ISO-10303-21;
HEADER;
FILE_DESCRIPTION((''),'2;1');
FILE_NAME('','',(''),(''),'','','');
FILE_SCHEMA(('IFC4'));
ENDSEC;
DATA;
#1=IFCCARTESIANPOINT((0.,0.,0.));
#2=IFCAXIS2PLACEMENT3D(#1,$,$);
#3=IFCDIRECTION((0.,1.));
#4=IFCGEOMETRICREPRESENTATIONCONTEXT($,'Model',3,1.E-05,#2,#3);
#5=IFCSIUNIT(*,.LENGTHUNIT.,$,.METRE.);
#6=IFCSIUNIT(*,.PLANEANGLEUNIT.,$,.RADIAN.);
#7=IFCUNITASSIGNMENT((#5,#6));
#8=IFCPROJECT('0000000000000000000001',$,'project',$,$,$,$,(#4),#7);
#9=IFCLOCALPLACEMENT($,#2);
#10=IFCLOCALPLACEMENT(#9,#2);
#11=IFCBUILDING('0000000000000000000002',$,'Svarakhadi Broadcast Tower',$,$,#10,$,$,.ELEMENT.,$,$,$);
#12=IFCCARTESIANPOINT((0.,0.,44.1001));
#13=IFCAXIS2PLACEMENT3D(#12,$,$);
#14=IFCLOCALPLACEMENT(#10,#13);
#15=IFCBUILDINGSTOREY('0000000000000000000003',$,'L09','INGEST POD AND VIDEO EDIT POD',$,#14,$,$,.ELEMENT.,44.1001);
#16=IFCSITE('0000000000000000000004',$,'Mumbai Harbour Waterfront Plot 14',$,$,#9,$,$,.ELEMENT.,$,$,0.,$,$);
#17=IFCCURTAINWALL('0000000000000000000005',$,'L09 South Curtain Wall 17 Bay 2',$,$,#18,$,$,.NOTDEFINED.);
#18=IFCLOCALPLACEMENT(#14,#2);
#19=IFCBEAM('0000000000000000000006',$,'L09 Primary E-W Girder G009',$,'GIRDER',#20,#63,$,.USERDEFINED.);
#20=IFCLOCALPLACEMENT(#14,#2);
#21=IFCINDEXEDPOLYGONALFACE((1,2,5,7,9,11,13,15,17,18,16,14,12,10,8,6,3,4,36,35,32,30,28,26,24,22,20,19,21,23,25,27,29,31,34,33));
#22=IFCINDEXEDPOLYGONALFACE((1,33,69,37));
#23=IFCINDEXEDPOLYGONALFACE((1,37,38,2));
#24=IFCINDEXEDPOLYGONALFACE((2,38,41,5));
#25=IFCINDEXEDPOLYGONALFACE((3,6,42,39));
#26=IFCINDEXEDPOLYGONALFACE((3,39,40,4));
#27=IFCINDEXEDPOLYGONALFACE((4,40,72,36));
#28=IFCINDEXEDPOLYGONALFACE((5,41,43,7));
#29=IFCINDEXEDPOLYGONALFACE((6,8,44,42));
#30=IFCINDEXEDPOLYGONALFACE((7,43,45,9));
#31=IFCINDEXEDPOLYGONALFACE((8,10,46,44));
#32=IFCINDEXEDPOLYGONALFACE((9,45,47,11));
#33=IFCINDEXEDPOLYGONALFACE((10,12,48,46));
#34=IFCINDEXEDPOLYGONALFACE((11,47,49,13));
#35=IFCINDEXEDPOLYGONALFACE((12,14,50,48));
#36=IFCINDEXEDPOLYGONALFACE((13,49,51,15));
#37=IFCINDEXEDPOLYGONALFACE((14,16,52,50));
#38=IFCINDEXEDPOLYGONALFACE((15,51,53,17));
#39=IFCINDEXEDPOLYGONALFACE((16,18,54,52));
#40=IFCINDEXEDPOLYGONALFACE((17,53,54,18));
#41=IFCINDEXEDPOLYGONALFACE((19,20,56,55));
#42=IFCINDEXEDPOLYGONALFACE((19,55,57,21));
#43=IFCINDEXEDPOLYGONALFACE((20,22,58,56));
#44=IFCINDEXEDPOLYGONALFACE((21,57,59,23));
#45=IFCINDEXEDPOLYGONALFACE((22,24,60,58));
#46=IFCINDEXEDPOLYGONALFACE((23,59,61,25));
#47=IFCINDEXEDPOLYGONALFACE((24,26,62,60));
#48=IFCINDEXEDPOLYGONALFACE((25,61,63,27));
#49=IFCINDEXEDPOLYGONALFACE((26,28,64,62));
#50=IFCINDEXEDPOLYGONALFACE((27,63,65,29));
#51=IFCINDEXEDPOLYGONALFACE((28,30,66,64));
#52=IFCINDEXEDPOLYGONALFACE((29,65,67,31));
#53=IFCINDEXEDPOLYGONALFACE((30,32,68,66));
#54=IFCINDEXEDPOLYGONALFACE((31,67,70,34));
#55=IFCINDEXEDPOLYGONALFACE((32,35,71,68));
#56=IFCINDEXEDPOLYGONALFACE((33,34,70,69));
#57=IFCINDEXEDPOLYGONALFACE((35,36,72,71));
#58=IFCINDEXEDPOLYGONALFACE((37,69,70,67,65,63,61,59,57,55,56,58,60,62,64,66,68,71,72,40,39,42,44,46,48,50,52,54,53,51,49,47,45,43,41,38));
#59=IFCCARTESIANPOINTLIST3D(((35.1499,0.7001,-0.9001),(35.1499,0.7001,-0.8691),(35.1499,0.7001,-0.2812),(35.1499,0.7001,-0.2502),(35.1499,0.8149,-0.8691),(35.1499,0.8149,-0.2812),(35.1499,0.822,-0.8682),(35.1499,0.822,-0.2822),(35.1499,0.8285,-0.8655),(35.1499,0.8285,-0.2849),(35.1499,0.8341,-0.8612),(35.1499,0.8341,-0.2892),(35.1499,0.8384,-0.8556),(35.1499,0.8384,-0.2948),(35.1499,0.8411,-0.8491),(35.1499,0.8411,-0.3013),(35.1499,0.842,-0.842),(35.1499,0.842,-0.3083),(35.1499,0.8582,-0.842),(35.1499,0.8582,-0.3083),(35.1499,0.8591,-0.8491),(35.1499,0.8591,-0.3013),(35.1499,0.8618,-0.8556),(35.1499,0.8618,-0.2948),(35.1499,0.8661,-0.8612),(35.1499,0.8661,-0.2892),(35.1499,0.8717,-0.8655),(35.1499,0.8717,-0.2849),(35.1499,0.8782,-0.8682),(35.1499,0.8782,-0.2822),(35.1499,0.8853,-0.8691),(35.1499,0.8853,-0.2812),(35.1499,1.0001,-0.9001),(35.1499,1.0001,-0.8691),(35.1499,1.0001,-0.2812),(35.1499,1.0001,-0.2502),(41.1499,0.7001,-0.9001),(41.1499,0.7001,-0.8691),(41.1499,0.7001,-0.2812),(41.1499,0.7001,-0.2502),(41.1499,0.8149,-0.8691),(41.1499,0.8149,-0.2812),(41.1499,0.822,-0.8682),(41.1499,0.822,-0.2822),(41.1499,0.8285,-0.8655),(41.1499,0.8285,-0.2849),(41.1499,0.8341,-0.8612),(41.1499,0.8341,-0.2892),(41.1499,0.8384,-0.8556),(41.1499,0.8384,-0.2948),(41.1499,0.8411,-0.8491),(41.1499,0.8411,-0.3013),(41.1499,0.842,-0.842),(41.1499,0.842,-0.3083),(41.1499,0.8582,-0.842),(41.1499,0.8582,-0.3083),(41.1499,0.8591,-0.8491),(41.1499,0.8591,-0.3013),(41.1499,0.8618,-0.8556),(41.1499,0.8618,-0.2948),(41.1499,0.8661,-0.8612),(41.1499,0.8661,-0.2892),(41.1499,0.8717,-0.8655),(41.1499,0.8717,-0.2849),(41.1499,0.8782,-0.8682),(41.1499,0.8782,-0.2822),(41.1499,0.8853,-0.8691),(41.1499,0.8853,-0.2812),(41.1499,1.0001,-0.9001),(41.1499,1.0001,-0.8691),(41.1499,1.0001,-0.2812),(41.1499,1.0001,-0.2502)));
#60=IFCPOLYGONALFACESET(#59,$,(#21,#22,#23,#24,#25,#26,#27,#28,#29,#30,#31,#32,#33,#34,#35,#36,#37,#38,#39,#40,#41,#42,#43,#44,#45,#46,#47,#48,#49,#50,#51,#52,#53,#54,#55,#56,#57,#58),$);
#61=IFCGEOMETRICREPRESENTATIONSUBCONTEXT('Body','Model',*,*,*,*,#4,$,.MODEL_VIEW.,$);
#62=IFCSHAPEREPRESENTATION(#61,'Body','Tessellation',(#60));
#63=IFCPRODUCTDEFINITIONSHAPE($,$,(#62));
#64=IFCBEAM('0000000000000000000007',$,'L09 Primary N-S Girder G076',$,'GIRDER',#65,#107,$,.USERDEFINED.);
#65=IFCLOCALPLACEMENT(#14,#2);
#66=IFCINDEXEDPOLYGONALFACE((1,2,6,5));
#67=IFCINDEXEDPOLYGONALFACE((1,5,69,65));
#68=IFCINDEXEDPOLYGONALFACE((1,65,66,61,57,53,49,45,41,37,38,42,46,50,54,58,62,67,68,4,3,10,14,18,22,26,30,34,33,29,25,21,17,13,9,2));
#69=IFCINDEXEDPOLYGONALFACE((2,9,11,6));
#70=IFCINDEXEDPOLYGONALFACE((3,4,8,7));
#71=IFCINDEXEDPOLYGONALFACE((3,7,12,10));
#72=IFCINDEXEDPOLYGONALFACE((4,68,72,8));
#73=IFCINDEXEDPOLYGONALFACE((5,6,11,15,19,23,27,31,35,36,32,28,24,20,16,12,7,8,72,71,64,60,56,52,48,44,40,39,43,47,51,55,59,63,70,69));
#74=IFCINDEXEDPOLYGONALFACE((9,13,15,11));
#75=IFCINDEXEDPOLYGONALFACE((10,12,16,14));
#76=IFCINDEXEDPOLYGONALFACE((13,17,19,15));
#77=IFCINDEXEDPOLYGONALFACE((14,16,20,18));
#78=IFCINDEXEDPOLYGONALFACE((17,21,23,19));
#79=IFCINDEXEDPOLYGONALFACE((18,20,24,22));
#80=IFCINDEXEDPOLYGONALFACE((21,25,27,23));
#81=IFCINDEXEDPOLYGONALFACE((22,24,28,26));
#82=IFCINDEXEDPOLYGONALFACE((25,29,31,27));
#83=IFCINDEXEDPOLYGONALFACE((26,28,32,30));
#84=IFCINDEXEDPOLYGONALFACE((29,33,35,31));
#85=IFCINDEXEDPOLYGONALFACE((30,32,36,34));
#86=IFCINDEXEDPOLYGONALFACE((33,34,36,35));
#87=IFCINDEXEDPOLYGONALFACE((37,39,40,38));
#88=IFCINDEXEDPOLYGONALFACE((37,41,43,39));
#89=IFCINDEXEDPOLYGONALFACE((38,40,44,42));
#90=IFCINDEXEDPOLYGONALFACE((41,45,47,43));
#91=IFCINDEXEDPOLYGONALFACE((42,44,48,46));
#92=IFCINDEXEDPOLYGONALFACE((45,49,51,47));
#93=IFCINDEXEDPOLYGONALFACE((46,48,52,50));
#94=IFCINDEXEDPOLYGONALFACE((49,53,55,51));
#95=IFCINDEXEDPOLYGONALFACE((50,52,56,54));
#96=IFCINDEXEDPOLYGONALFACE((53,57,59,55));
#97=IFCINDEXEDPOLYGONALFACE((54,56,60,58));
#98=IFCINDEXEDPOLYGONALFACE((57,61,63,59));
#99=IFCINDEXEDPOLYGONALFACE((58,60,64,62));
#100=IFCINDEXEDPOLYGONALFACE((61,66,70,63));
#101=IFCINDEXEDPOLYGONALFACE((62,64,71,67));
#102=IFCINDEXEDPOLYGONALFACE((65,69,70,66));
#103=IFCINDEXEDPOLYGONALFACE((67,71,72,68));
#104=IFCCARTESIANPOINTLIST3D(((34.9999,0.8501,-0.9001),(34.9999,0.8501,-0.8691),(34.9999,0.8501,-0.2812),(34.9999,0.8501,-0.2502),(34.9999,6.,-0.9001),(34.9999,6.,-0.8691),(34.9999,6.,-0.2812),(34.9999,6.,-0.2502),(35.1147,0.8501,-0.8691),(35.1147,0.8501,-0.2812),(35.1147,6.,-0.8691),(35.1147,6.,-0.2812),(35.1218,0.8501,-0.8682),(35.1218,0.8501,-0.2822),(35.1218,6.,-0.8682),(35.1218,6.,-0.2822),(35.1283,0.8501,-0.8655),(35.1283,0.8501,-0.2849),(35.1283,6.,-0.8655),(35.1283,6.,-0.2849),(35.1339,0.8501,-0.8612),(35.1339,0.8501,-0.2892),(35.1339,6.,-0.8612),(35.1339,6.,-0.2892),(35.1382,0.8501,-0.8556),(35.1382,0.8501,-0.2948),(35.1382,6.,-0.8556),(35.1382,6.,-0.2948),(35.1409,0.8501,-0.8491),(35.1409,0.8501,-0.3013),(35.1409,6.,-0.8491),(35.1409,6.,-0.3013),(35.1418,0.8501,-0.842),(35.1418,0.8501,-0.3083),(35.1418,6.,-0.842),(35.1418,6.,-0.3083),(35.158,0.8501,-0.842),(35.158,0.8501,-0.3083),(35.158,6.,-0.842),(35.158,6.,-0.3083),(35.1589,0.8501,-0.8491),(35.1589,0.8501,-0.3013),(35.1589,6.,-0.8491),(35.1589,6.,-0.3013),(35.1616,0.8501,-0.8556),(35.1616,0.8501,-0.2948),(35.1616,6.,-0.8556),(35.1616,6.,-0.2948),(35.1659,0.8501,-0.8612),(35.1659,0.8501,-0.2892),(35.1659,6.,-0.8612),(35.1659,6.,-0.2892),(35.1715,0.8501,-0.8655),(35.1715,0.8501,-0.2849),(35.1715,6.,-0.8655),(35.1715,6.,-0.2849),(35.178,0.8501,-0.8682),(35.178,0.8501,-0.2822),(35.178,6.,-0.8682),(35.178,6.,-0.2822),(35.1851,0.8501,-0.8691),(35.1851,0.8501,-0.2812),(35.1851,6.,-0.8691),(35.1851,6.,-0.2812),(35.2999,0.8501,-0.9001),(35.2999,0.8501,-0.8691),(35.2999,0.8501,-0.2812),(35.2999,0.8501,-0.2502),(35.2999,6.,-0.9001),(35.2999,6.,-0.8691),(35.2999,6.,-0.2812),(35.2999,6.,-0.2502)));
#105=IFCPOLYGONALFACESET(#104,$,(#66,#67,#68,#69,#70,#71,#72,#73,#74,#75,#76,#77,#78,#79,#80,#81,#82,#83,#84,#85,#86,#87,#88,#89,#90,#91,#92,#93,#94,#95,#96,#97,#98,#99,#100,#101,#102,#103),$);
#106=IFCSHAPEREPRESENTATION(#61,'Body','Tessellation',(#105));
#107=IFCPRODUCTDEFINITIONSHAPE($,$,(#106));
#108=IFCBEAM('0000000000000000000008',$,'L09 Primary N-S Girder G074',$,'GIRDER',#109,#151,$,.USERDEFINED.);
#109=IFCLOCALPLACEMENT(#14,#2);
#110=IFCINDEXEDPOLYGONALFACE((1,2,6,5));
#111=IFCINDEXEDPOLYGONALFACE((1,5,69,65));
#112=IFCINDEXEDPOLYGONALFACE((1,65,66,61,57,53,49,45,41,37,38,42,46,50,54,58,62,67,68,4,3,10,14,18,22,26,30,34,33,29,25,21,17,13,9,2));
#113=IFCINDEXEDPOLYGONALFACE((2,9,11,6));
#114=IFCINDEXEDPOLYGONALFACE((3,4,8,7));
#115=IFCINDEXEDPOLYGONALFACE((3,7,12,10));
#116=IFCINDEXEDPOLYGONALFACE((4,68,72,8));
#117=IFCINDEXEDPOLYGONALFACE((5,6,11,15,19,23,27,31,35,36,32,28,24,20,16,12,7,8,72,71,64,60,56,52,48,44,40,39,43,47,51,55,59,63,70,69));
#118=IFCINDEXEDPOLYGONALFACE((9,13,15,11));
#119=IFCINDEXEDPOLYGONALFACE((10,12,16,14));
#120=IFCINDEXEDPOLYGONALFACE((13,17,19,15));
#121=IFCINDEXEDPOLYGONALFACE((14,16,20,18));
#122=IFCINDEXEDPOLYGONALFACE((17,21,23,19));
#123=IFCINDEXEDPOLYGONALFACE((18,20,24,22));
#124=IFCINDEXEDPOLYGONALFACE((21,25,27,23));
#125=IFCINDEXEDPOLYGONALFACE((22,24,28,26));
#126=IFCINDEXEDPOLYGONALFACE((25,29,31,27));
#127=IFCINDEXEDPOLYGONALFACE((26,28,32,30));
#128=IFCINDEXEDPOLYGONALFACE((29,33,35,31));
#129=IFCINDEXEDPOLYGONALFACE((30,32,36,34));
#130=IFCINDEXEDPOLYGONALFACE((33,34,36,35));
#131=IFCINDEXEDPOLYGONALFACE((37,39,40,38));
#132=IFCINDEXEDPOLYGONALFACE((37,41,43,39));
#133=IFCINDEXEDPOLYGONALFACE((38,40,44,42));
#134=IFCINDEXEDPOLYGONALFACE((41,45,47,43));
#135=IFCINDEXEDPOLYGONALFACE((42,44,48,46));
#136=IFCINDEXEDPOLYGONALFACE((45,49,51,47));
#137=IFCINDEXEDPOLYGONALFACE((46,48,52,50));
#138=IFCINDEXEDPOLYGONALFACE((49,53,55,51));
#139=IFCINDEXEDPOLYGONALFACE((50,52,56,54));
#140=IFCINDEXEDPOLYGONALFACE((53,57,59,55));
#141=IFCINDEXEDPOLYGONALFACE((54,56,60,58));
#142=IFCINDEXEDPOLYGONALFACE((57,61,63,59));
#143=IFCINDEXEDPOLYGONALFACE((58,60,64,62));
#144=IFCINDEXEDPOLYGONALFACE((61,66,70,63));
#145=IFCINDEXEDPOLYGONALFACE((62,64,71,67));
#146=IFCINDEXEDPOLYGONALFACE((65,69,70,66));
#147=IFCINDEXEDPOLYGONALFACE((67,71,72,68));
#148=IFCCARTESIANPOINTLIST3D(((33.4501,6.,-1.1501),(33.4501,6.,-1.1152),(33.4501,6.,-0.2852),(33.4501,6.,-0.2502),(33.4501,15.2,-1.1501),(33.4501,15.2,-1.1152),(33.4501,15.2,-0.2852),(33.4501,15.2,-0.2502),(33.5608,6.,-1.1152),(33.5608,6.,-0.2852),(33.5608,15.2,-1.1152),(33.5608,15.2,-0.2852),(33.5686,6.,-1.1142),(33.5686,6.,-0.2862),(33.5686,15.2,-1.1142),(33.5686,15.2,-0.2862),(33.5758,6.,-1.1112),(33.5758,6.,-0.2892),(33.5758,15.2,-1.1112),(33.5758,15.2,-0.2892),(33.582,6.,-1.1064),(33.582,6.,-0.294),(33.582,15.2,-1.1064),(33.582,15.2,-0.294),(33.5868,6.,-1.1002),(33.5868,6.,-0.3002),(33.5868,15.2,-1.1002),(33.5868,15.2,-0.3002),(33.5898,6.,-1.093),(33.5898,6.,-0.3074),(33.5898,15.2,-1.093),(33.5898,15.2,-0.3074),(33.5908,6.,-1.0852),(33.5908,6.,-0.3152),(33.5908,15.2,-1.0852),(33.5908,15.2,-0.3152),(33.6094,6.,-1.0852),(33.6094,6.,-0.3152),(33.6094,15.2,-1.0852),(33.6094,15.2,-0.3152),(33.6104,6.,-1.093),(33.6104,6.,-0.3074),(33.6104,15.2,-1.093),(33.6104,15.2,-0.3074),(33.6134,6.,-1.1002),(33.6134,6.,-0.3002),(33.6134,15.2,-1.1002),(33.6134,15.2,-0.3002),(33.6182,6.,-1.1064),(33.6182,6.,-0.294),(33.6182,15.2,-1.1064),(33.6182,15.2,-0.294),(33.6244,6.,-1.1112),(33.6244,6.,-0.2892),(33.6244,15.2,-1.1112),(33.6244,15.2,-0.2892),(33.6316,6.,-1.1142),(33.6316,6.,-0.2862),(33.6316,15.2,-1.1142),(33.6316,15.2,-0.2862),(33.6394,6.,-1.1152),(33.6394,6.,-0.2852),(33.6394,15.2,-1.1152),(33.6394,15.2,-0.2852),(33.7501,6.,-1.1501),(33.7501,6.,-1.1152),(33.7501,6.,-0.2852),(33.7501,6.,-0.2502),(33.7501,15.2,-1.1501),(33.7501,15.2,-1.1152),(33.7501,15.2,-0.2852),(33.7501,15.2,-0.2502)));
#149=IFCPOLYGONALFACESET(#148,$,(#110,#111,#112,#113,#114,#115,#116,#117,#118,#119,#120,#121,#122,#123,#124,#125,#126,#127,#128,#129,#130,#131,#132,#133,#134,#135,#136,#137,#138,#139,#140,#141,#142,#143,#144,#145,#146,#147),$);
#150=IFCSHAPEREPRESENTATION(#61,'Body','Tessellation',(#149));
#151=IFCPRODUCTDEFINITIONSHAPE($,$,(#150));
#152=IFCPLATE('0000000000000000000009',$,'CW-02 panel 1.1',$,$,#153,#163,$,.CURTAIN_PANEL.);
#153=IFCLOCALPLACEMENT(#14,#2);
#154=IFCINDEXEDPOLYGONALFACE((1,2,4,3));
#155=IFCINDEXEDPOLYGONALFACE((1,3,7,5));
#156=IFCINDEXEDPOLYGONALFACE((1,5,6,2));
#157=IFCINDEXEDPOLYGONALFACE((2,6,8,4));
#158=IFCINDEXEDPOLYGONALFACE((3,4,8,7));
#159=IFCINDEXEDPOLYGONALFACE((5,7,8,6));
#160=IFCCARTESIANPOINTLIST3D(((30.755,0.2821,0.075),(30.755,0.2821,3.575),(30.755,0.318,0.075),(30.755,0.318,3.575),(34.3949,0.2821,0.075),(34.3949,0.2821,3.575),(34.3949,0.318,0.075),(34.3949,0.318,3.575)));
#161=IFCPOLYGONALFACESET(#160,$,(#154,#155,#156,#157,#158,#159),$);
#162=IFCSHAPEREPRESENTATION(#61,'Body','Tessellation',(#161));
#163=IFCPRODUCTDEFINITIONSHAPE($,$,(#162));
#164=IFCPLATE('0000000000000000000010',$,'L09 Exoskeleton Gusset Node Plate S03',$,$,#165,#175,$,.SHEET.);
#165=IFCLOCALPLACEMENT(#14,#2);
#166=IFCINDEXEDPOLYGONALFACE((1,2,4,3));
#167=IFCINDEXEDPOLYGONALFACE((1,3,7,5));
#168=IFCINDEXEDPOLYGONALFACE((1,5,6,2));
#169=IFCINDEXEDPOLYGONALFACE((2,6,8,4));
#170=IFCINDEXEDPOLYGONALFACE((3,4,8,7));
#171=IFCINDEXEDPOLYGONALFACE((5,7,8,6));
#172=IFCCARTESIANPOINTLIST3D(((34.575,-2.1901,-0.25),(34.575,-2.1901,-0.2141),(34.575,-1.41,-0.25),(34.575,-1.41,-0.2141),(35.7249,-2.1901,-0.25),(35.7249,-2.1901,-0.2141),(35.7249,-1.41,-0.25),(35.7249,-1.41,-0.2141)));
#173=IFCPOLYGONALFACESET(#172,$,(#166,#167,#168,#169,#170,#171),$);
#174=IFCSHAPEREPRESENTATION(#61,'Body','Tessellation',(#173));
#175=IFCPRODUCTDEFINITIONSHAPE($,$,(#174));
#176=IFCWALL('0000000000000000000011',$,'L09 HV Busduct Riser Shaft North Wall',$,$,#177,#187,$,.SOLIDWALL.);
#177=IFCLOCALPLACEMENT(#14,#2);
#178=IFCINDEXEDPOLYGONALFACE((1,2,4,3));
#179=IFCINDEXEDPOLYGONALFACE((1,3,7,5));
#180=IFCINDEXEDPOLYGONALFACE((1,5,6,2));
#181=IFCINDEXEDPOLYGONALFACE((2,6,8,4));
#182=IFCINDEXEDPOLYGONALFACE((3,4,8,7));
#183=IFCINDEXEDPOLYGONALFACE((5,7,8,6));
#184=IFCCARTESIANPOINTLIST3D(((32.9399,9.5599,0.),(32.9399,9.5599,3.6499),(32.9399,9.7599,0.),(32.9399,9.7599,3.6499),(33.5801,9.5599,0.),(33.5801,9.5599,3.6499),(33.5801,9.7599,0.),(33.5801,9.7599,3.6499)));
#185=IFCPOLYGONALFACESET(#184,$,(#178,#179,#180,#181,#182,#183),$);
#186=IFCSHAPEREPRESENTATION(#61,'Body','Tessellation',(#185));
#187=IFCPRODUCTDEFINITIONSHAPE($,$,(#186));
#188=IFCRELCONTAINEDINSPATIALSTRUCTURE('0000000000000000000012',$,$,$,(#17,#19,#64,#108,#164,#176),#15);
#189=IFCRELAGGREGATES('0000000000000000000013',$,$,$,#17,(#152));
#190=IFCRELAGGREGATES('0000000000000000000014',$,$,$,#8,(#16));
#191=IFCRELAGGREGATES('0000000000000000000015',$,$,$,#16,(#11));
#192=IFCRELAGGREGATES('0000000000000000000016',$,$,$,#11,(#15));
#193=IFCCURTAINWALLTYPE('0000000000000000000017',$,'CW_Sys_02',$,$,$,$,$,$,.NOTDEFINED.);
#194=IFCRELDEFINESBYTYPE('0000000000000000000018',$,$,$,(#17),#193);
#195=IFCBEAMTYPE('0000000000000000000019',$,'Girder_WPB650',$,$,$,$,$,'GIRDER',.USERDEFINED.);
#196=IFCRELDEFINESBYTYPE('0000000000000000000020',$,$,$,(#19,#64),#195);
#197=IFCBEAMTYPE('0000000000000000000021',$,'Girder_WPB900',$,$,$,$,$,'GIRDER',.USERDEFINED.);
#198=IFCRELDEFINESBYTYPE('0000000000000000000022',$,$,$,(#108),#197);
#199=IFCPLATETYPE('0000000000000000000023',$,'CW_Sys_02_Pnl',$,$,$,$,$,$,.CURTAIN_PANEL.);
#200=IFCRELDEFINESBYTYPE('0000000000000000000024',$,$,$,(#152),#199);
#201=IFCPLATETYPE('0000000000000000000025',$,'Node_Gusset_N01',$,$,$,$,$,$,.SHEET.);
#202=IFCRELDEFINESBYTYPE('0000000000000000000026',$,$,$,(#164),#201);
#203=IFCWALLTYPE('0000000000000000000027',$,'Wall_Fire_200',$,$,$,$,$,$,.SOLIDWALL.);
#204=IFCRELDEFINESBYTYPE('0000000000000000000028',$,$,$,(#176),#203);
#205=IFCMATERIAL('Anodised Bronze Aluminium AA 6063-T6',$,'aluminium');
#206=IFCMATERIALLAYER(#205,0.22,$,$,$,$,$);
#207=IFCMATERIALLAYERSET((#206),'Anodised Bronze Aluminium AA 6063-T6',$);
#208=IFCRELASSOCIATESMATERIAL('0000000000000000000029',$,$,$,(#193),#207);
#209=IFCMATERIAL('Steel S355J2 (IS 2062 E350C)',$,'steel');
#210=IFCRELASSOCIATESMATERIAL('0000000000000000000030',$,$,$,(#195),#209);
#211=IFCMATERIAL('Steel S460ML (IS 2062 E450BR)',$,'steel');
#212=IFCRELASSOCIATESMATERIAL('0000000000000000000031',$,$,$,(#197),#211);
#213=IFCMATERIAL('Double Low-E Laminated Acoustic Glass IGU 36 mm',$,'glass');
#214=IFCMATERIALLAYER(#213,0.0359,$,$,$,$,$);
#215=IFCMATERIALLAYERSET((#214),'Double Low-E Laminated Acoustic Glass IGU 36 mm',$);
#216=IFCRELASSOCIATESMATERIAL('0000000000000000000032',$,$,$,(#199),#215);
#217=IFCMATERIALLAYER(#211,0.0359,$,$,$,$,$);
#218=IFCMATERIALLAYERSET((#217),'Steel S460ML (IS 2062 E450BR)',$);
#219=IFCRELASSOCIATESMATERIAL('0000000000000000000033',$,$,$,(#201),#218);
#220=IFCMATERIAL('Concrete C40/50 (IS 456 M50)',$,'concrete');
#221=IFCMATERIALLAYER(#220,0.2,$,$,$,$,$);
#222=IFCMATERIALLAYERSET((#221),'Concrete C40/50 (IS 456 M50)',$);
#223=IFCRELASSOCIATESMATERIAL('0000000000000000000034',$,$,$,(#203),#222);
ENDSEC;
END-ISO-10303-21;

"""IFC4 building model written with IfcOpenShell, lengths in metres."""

from ifc_helpers import new_model, si_unit, direction, frame, frame_2d, origin, origin_2d, place, context, subcontext, project, spatial, rectangle, i_section, extrude, material, layer, layer_set, material_profile, profile_set, type_object, element, aggregate, save


model = new_model("IFC4")

# Units and contexts
model_context = context("Model", 3, precision=1e-05, world=origin(), true_north=direction((0.0, 1.0)))
body_context = subcontext(model_context, "Body", "Model", "MODEL_VIEW")
ifc_project = project(units=[si_unit("LENGTHUNIT", "METRE"), si_unit("PLANEANGLEUNIT", "RADIAN")], contexts=[model_context])

# Site, building, storey
site_placement = place(None, origin())
site = spatial("IfcSite", under=ifc_project, at=site_placement, Name="Mumbai Harbour Waterfront Plot 14", CompositionType="ELEMENT", RefElevation=0.0)
building_placement = place(site_placement, origin())
building = spatial("IfcBuilding", under=site, at=building_placement, Name="Svarakhadi Broadcast Tower", CompositionType="ELEMENT")
storey_placement = place(building_placement, frame((0.0, 0.0, 44.1001)))
storey = spatial("IfcBuildingStorey", under=building, at=storey_placement, Name="L09", Description="INGEST POD AND VIDEO EDIT POD", CompositionType="ELEMENT", Elevation=44.1001)

# Curtain wall
ifc_material_1 = material(Name="Anodised Bronze Aluminium AA 6063-T6", Category="aluminium")
ifc_layer_1 = layer(ifc_material_1, 0.22)
ifc_layer_set_1 = layer_set([ifc_layer_1], Name="Anodised Bronze Aluminium AA 6063-T6")
curtain_wall_type = type_object("IfcCurtainWallType", Name="CW_Sys_02", PredefinedType="NOTDEFINED", material=ifc_layer_set_1)
curtain_wall_1_placement = place(storey_placement, origin())
curtain_wall_1 = element("IfcCurtainWall", 1, at=curtain_wall_1_placement, inside=storey, type_object=curtain_wall_type, Name="L09 South Curtain Wall 17 Bay 2", PredefinedType="NOTDEFINED")

# Shared definitions
ifc_material_2 = material(Name="Steel S460ML (IS 2062 E450BR)", Category="steel")

# Beams
ifc_material_3 = material(Name="Steel S355J2 (IS 2062 E350C)", Category="steel")
ifc_material_profile_1 = material_profile(ifc_material_3, i_section(OverallWidth=0.3, OverallDepth=0.6499, WebThickness=0.0161, FlangeThickness=0.031, FilletRadius=0.0271, at=origin_2d()), Name="WPB 650x300x225")
ifc_profile_set_1 = profile_set([ifc_material_profile_1], Name="Steel S355J2 (IS 2062 E350C)")
beam_type_1 = type_object("IfcBeamType", Name="Girder_WPB650", ElementType="GIRDER", PredefinedType="USERDEFINED", material=ifc_profile_set_1)
beam_1_placement = place(storey_placement, frame((35.1499, 0.8501, -0.5752), z_axis=(1.0, 0.0, 0.0), x_axis=(0.0, 1.0, 0.0)))
element("IfcBeam", 2, at=beam_1_placement, inside=storey, type_object=beam_type_1, Name="L09 Primary E-W Girder G009", ObjectType="GIRDER", PredefinedType="USERDEFINED", context=body_context, shape_type="SweptSolid", body=[
    extrude(i_section(OverallWidth=0.3, OverallDepth=0.6499, WebThickness=0.0161, FlangeThickness=0.031, FilletRadius=0.0271, at=origin_2d()), origin(), (0.0, 0.0, 1.0), 6.0),
])
beam_2_placement = place(storey_placement, frame((35.1499, 0.8501, -0.5752), z_axis=(0.0, 1.0, 0.0), x_axis=(-1.0, 0.0, 0.0)))
element("IfcBeam", 3, at=beam_2_placement, inside=storey, type_object=beam_type_1, Name="L09 Primary N-S Girder G076", ObjectType="GIRDER", PredefinedType="USERDEFINED", context=body_context, shape_type="SweptSolid", body=[
    extrude(i_section(OverallWidth=0.3, OverallDepth=0.6499, WebThickness=0.0161, FlangeThickness=0.031, FilletRadius=0.0271, at=origin_2d()), origin(), (0.0, 0.0, 1.0), 5.1499),
])
ifc_material_profile_2 = material_profile(ifc_material_2, i_section(OverallWidth=0.3, OverallDepth=0.8999, WebThickness=0.0186, FlangeThickness=0.0349, FilletRadius=0.03, at=origin_2d()), Name="WPB 900x300x291")
ifc_profile_set_2 = profile_set([ifc_material_profile_2], Name="Steel S460ML (IS 2062 E450BR)")
beam_type_2 = type_object("IfcBeamType", Name="Girder_WPB900", ElementType="GIRDER", PredefinedType="USERDEFINED", material=ifc_profile_set_2)
beam_3_placement = place(storey_placement, frame((33.6001, 6.0, -0.7002), z_axis=(0.0, 1.0, 0.0), x_axis=(-1.0, 0.0, 0.0)))
element("IfcBeam", 4, at=beam_3_placement, inside=storey, type_object=beam_type_2, Name="L09 Primary N-S Girder G074", ObjectType="GIRDER", PredefinedType="USERDEFINED", context=body_context, shape_type="SweptSolid", body=[
    extrude(i_section(OverallWidth=0.3, OverallDepth=0.8999, WebThickness=0.0186, FlangeThickness=0.0349, FilletRadius=0.03, at=origin_2d()), origin(), (0.0, 0.0, 1.0), 9.2),
])

# Plates
ifc_material_4 = material(Name="Double Low-E Laminated Acoustic Glass IGU 36 mm", Category="glass")
ifc_layer_2 = layer(ifc_material_4, 0.0359)
ifc_layer_set_2 = layer_set([ifc_layer_2], Name="Double Low-E Laminated Acoustic Glass IGU 36 mm")
plate_type_1 = type_object("IfcPlateType", Name="CW_Sys_02_Pnl", PredefinedType="CURTAIN_PANEL", material=ifc_layer_set_2)
plate_1_placement = place(storey_placement, frame((32.575, 0.3, 0.075), z_axis=(0.0, 0.0, 1.0), x_axis=(-1.0, 0.0, 0.0)))
plate_1 = element("IfcPlate", 5, at=plate_1_placement, type_object=plate_type_1, Name="CW-02 panel 1.1", PredefinedType="CURTAIN_PANEL", context=body_context, shape_type="SweptSolid", body=[
    extrude(rectangle(XDim=3.6399, YDim=0.0359, at=origin_2d()), origin(), (0.0, 0.0, 1.0), 3.5),
])
aggregate(curtain_wall_1, [plate_1])
ifc_layer_3 = layer(ifc_material_2, 0.0359)
ifc_layer_set_3 = layer_set([ifc_layer_3], Name="Steel S460ML (IS 2062 E450BR)")
plate_type_2 = type_object("IfcPlateType", Name="Node_Gusset_N01", PredefinedType="SHEET", material=ifc_layer_set_3)
plate_2_placement = place(storey_placement, frame((35.1499, -1.8, -0.25), z_axis=(0.0, 0.0, 1.0), x_axis=(1.0, 0.0, 0.0)))
element("IfcPlate", 6, at=plate_2_placement, inside=storey, type_object=plate_type_2, Name="L09 Exoskeleton Gusset Node Plate S03", PredefinedType="SHEET", context=body_context, shape_type="SweptSolid", body=[
    extrude(rectangle(XDim=1.1499, YDim=0.78, at=origin_2d()), origin(), (0.0, 0.0, 1.0), 0.0359),
])

# Wall
ifc_material_5 = material(Name="Concrete C40/50 (IS 456 M50)", Category="concrete")
ifc_layer_4 = layer(ifc_material_5, 0.2)
ifc_layer_set_4 = layer_set([ifc_layer_4], Name="Concrete C40/50 (IS 456 M50)")
wall_type_1 = type_object("IfcWallType", Name="Wall_Fire_200", PredefinedType="SOLIDWALL", material=ifc_layer_set_4)
wall_1_placement = place(storey_placement, frame((32.9399, 9.6599, 0.0), z_axis=(0.0, 0.0, 1.0), x_axis=(1.0, 0.0, 0.0)))
element("IfcWall", 7, at=wall_1_placement, inside=storey, type_object=wall_type_1, Name="L09 HV Busduct Riser Shaft North Wall", PredefinedType="SOLIDWALL", context=body_context, shape_type="SweptSolid", body=[
    extrude(rectangle(XDim=0.6401, YDim=0.2, at=frame_2d((0.3201, 0.0))), origin(), (0.0, 0.0, 1.0), 3.6499),
])

save(model, "model.ifc")
